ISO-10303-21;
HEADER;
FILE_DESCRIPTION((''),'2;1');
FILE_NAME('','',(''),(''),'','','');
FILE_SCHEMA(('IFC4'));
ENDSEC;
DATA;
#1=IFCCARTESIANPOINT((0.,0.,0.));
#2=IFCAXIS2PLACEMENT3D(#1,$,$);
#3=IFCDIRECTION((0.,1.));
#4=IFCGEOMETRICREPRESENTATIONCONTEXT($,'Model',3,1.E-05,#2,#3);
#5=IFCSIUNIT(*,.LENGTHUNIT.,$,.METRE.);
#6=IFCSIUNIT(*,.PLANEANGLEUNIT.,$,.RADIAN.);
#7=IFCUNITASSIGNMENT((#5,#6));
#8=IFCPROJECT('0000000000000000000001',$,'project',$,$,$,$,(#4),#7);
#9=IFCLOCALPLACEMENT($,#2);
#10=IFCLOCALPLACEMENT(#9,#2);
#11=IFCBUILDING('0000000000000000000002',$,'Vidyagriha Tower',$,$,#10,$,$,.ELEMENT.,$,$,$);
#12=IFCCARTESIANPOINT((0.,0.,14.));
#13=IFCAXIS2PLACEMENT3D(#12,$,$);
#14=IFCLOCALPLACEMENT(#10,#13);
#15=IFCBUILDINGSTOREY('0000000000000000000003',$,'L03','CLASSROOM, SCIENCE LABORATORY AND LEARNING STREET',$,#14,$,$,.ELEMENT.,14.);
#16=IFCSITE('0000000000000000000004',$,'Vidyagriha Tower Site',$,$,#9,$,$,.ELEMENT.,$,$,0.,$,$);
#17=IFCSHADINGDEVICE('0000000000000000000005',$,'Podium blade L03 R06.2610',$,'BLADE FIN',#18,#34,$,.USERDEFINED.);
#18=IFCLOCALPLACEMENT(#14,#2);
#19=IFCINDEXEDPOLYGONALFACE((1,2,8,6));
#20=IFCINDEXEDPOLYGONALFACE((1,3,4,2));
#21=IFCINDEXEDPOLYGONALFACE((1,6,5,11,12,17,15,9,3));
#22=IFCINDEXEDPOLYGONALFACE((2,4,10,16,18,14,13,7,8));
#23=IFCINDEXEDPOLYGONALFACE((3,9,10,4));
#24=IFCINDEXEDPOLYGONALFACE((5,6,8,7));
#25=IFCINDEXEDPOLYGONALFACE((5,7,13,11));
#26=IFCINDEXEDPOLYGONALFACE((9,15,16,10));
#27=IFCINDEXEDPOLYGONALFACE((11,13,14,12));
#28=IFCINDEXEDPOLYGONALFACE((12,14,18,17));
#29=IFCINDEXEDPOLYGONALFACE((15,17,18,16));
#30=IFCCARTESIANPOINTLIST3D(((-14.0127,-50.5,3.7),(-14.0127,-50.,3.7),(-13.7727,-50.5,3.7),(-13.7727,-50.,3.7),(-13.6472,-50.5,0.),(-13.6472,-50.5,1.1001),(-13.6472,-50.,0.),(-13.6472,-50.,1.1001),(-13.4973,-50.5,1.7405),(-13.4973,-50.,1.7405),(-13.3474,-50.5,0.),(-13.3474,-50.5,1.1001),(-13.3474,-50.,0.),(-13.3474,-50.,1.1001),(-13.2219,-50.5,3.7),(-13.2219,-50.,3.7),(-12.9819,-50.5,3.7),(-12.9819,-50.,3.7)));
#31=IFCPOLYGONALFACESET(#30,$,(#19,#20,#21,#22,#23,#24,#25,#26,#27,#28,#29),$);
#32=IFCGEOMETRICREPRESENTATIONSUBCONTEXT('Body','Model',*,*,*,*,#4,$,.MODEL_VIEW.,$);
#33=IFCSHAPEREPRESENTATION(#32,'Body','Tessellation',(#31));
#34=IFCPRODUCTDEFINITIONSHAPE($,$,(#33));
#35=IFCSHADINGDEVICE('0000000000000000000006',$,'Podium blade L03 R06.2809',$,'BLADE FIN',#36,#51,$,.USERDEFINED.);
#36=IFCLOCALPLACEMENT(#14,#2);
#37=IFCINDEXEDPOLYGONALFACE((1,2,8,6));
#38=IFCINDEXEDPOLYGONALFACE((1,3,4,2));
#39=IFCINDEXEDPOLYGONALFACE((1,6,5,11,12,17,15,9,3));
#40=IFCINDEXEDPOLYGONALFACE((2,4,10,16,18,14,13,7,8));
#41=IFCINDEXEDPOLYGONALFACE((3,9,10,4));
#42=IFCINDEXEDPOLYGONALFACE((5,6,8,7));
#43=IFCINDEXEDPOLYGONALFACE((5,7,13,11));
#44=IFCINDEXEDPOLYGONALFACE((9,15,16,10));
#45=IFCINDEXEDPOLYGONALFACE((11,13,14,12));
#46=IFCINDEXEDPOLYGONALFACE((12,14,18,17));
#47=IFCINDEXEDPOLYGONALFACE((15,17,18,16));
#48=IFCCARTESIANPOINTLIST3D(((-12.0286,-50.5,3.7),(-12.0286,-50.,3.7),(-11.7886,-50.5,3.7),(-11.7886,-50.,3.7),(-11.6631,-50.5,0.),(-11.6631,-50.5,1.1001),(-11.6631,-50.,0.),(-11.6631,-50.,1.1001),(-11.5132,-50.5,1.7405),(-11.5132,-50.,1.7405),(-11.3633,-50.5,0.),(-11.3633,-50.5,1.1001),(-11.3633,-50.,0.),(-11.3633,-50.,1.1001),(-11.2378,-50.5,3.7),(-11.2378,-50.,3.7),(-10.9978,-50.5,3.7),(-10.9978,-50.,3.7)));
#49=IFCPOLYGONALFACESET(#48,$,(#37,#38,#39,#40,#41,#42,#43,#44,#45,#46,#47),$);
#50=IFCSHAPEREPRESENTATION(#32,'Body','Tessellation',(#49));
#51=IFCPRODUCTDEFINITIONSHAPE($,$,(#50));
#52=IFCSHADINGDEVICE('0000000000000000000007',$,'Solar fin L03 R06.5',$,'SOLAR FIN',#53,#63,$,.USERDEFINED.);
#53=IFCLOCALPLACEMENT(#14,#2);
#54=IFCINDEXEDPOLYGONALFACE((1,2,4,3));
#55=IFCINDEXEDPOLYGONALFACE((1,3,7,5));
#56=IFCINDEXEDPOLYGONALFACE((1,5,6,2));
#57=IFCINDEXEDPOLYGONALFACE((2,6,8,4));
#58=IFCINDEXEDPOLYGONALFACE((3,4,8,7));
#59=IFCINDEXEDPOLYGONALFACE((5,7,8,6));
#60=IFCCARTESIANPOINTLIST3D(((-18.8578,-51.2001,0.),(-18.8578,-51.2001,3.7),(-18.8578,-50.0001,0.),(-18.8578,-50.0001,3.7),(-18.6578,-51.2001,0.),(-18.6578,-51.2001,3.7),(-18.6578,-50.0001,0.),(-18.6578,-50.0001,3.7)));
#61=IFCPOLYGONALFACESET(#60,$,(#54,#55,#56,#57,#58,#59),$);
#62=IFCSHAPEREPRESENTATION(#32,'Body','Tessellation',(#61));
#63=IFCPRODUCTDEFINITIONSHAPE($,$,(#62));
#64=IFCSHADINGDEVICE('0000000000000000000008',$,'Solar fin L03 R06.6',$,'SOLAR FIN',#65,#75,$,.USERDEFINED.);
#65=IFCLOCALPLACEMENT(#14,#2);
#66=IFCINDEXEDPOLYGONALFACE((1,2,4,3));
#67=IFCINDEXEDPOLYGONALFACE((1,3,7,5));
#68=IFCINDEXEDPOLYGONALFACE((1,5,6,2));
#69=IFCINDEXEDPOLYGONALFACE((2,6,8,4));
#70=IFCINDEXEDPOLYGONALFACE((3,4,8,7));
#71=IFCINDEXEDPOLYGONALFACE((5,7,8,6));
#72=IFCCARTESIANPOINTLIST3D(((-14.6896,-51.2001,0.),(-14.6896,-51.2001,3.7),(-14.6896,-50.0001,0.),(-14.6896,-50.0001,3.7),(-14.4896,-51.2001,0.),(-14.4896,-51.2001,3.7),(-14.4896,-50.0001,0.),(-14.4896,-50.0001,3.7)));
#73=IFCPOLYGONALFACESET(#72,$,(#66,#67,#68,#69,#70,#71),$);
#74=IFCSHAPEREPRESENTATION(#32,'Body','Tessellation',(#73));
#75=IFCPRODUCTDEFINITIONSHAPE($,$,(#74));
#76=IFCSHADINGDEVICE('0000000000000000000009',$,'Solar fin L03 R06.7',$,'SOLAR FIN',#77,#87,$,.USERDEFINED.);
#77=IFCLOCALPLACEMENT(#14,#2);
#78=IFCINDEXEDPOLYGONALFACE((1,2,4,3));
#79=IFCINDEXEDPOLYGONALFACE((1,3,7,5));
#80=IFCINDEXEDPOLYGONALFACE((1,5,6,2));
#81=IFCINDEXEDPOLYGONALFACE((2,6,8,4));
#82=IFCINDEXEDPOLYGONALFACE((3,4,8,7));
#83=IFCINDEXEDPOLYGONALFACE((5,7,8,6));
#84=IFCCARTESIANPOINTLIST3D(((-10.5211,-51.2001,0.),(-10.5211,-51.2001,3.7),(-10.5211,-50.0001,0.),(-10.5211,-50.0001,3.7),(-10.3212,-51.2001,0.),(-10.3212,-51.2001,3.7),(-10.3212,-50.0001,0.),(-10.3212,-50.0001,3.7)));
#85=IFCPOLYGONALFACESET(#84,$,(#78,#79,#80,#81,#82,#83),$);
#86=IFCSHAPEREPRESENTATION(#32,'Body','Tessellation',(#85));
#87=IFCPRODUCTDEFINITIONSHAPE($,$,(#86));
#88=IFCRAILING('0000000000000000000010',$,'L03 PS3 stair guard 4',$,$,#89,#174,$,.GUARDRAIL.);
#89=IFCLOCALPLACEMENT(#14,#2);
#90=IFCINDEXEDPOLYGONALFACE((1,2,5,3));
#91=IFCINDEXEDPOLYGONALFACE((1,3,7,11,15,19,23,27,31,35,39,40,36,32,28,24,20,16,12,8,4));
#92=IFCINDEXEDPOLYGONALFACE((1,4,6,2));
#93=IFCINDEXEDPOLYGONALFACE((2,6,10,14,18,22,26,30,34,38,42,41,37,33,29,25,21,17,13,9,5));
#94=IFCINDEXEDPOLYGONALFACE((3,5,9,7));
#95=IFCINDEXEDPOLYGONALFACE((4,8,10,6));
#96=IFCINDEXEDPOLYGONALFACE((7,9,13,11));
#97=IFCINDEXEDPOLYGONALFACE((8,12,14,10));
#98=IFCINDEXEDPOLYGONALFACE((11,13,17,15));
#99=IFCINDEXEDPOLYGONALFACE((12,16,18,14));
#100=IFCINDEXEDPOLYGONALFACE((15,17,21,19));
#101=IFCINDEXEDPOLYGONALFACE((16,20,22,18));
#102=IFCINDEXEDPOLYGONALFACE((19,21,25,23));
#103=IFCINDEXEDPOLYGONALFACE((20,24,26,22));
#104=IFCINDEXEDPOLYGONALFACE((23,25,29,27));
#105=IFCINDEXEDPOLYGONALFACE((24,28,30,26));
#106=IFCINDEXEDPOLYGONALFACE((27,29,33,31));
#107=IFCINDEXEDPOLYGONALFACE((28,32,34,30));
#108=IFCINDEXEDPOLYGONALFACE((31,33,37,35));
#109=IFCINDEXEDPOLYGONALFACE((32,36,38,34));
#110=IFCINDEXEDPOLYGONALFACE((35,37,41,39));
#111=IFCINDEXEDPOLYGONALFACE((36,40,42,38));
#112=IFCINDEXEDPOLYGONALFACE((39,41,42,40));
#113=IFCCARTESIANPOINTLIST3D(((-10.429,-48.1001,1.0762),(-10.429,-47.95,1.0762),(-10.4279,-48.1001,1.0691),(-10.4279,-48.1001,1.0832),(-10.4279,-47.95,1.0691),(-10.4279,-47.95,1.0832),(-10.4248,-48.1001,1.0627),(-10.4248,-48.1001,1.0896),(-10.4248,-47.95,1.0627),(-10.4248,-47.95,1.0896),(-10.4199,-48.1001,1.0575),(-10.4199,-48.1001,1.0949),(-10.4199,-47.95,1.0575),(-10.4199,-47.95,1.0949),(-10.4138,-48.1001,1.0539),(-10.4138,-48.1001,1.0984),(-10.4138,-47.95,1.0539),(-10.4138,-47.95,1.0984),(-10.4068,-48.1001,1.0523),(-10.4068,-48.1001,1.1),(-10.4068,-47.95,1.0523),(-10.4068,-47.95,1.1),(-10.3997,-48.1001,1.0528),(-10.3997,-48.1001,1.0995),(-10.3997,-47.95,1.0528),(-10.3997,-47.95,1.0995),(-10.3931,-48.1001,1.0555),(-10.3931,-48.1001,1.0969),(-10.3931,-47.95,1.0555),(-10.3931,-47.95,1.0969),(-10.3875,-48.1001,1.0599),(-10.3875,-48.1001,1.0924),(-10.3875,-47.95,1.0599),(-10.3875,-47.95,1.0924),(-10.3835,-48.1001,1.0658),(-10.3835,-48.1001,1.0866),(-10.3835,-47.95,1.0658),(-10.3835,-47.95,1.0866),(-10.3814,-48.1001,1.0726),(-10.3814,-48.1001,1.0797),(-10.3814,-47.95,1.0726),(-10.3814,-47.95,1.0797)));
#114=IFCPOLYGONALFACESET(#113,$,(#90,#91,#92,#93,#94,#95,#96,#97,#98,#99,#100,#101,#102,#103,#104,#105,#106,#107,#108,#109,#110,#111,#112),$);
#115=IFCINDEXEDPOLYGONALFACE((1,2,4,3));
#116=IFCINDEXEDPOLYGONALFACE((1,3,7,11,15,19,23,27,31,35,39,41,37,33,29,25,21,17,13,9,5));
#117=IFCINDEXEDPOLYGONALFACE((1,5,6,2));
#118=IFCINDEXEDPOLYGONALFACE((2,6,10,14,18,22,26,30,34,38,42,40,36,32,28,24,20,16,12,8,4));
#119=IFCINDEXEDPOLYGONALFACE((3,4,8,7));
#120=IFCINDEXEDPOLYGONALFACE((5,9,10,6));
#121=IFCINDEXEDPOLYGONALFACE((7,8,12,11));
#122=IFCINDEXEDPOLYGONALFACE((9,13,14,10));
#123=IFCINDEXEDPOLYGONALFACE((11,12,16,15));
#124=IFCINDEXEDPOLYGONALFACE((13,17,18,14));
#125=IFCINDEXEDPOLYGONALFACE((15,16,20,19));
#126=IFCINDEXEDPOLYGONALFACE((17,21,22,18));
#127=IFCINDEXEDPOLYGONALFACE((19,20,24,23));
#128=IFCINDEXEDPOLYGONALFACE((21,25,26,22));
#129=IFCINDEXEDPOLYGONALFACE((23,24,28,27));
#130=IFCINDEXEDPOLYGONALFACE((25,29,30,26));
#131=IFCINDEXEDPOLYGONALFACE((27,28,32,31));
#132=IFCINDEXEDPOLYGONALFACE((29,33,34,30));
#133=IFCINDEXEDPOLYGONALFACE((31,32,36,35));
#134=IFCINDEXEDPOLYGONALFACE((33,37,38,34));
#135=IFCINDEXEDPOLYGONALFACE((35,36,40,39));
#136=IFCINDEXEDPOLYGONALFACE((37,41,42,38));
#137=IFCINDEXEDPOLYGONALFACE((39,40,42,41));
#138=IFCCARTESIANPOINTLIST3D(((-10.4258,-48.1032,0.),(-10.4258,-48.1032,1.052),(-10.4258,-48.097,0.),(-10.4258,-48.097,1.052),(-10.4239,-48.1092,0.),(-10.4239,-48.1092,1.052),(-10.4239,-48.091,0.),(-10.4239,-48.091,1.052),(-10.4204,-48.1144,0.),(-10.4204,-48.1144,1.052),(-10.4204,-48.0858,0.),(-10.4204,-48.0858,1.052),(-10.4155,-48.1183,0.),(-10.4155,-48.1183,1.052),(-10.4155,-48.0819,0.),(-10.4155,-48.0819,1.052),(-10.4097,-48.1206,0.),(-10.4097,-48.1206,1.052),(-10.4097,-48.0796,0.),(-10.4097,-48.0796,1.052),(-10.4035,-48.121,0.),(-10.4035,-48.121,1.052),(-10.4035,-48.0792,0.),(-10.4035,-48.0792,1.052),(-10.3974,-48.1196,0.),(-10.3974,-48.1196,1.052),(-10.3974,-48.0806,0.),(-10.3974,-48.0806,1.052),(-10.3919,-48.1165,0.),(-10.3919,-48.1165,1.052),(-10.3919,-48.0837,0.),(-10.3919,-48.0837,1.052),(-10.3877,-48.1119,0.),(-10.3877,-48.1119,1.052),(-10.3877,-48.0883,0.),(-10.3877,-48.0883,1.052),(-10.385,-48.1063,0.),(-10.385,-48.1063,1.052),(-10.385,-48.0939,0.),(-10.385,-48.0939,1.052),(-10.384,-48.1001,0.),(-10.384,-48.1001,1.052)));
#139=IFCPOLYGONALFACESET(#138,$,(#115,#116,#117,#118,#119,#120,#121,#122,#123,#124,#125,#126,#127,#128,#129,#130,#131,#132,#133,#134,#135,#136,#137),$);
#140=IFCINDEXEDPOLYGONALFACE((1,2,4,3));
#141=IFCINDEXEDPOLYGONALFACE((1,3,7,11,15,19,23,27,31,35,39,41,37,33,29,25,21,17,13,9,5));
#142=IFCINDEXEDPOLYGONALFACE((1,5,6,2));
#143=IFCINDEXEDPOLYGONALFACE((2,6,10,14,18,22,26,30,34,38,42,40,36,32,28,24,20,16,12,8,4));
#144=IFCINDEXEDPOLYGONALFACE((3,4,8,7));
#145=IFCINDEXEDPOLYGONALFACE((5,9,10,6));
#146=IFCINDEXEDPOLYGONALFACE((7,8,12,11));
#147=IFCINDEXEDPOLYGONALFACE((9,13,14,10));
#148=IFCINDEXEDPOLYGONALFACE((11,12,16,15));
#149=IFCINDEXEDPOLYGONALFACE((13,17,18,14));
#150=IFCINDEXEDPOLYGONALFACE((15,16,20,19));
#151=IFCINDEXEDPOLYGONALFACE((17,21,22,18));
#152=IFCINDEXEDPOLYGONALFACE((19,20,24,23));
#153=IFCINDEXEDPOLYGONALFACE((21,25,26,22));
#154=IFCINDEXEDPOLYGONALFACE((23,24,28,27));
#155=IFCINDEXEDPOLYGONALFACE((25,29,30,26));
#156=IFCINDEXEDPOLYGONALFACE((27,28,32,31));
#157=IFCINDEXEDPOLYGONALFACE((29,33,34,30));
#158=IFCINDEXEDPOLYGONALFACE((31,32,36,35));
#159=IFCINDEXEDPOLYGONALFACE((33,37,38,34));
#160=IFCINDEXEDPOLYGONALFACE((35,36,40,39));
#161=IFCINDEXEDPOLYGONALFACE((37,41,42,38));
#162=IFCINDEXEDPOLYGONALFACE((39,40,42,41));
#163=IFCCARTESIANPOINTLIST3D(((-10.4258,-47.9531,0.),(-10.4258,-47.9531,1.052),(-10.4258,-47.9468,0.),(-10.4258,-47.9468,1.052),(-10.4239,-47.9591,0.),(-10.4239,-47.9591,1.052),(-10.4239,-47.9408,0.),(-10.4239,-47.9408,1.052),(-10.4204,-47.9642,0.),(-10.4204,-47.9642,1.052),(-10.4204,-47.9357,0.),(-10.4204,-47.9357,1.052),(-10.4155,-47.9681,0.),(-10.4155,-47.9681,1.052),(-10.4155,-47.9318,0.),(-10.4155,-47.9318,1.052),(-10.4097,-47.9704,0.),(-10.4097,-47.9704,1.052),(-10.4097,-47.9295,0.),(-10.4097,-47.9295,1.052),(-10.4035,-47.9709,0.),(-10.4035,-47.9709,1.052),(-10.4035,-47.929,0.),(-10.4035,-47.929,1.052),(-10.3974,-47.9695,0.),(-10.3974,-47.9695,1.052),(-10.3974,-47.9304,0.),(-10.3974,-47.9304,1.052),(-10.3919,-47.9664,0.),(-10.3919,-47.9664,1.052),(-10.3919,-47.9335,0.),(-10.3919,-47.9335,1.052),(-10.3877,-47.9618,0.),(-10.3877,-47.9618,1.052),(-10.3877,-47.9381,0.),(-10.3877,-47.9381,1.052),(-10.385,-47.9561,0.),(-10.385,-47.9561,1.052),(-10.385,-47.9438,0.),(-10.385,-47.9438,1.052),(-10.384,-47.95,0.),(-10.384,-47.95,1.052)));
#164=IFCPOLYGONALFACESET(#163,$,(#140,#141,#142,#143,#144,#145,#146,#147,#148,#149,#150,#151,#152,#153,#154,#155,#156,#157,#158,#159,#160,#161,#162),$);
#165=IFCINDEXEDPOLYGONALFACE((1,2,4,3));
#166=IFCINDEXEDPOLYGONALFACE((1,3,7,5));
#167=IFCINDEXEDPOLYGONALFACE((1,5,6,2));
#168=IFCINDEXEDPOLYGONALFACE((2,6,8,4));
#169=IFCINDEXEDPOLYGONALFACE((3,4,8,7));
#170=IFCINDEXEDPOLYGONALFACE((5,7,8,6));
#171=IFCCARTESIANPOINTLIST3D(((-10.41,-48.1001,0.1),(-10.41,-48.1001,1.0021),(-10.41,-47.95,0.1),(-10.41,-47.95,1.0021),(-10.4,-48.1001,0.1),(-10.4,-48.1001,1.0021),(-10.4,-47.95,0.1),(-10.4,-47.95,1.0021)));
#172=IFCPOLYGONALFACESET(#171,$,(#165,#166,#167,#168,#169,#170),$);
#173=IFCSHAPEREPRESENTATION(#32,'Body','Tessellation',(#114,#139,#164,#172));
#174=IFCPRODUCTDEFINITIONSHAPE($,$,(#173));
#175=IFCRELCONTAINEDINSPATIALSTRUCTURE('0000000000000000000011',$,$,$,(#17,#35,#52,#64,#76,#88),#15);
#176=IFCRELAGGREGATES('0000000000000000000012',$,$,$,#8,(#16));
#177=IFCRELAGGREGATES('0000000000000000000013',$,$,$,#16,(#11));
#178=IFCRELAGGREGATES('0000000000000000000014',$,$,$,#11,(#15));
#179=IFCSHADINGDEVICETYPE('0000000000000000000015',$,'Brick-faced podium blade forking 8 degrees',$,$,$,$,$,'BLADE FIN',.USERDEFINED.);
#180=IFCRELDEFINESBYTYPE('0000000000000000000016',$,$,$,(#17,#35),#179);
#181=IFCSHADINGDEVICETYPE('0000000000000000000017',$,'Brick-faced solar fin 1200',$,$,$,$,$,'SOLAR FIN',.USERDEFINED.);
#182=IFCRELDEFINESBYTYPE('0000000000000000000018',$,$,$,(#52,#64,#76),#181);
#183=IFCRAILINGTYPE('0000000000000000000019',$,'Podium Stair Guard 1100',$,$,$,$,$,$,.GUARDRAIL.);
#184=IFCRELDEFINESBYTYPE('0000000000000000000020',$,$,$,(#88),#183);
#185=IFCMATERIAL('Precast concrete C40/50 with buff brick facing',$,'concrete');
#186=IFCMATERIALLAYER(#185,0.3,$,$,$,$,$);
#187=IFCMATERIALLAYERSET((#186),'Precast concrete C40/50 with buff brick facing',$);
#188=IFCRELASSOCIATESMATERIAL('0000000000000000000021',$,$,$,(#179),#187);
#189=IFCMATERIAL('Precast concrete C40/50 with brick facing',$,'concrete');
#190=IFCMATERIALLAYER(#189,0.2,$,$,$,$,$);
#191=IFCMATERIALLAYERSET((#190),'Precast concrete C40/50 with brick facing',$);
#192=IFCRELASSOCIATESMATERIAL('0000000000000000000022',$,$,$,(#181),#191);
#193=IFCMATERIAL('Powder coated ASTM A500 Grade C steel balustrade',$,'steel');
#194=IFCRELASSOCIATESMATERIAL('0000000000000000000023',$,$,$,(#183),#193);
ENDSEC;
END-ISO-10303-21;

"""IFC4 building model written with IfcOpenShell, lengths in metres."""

from ifc_helpers import new_model, si_unit, direction, frame, frame_2d, origin, origin_2d, place, context, subcontext, project, spatial, polyline, rectangle, circle, outline, extrude, material, layer, layer_set, type_object, element, save


model = new_model("IFC4")

# Units and contexts
model_context = context("Model", 3, precision=1e-05, world=origin(), true_north=direction((0.0, 1.0)))
body_context = subcontext(model_context, "Body", "Model", "MODEL_VIEW")
ifc_project = project(units=[si_unit("LENGTHUNIT", "METRE"), si_unit("PLANEANGLEUNIT", "RADIAN")], contexts=[model_context])

# Site, building, storey
site_placement = place(None, origin())
site = spatial("IfcSite", under=ifc_project, at=site_placement, Name="Vidyagriha Tower Site", CompositionType="ELEMENT", RefElevation=0.0)
building_placement = place(site_placement, origin())
building = spatial("IfcBuilding", under=site, at=building_placement, Name="Vidyagriha Tower", CompositionType="ELEMENT")
storey_placement = place(building_placement, frame((0.0, 0.0, 14.0)))
storey = spatial("IfcBuildingStorey", under=building, at=storey_placement, Name="L03", Description="CLASSROOM, SCIENCE LABORATORY AND LEARNING STREET", CompositionType="ELEMENT", Elevation=14.0)

# Shading devices
ifc_material_1 = material(Name="Precast concrete C40/50 with buff brick facing", Category="concrete")
ifc_layer_1 = layer(ifc_material_1, 0.3)
ifc_layer_set_1 = layer_set([ifc_layer_1], Name="Precast concrete C40/50 with buff brick facing")
shading_device_type_1 = type_object("IfcShadingDeviceType", Name="Brick-faced podium blade forking 8 degrees", ElementType="BLADE FIN", PredefinedType="USERDEFINED", material=ifc_layer_set_1)
for number, where, name in (
    (1, (-14.0127, -50.25, 0.0), "Podium blade L03 R06.2610"),
    (2, (-12.0286, -50.25, 0.0), "Podium blade L03 R06.2809"),
):
    element("IfcShadingDevice", number, at=place(storey_placement, frame(where)), inside=storey, type_object=shading_device_type_1, Name=name, ObjectType="BLADE FIN", PredefinedType="USERDEFINED", context=body_context, shape_type="SweptSolid", body=[
        extrude(outline(polyline([(0.6653, 0.0), (0.6653, 1.1001), (1.0308, 3.7), (0.7908, 3.7), (0.5154, 1.7405), (0.24, 3.7), (0.0, 3.7), (0.3655, 1.1001), (0.3655, 0.0), (0.6653, 0.0)])), frame((0.0, 0.25, 0.0), z_axis=(0.0, -1.0, 0.0), x_axis=(1.0, 0.0, 0.0)), (0.0, 0.0, 1.0), 0.5),
    ])
ifc_material_2 = material(Name="Precast concrete C40/50 with brick facing", Category="concrete")
ifc_layer_2 = layer(ifc_material_2, 0.2)
ifc_layer_set_2 = layer_set([ifc_layer_2], Name="Precast concrete C40/50 with brick facing")
shading_device_type_2 = type_object("IfcShadingDeviceType", Name="Brick-faced solar fin 1200", ElementType="SOLAR FIN", PredefinedType="USERDEFINED", material=ifc_layer_set_2)
for number, where, z_axis, x_axis, name in (
    (3, (-18.7578, -50.0, 0.0), (0.0, 0.0, 1.0), (0.0, -1.0, 0.0), "Solar fin L03 R06.5"),
    (4, (-14.5896, -50.0, 0.0), (0.0, 0.0, 1.0), (0.0, -1.0, 0.0), "Solar fin L03 R06.6"),
    (5, (-10.4211, -50.0, 0.0), (0.0, 0.0, 1.0), (0.0, -1.0, 0.0), "Solar fin L03 R06.7"),
):
    element("IfcShadingDevice", number, at=place(storey_placement, frame(where, z_axis=z_axis, x_axis=x_axis)), inside=storey, type_object=shading_device_type_2, Name=name, ObjectType="SOLAR FIN", PredefinedType="USERDEFINED", context=body_context, shape_type="SweptSolid", body=[
        extrude(rectangle(XDim=1.2, YDim=0.2, at=frame_2d((0.6001, 0.0))), origin(), (0.0, 0.0, 1.0), 3.7),
    ])

# Railing
ifc_material_3 = material(Name="Powder coated ASTM A500 Grade C steel balustrade", Category="steel")
railing_type_1 = type_object("IfcRailingType", Name="Podium Stair Guard 1100", PredefinedType="GUARDRAIL", material=ifc_material_3)
railing_1_placement = place(storey_placement, frame((-10.405, -48.1001, 0.0)))
element("IfcRailing", 6, at=railing_1_placement, inside=storey, type_object=railing_type_1, Name="L03 PS3 stair guard 4", PredefinedType="GUARDRAIL", context=body_context, shape_type="SweptSolid", body=[
    extrude(circle(Radius=0.0239, at=origin_2d()), frame((0.0, 0.0, 1.0762), z_axis=(0.0, 1.0, 0.0), x_axis=(-1.0, 0.0, 0.0)), (0.0, 0.0, 1.0), 0.1501),
    extrude(circle(Radius=0.021, at=origin_2d()), origin(), (0.0, 0.0, 1.0), 1.052),
    extrude(circle(Radius=0.021, at=origin_2d()), frame((0.0, 0.1501, 0.0)), (0.0, 0.0, 1.0), 1.052),
    extrude(rectangle(XDim=0.01, YDim=0.9021, at=origin_2d()), frame((0.0, 0.0, 0.551), z_axis=(0.0, 1.0, 0.0), x_axis=(-1.0, 0.0, 0.0)), (0.0, 0.0, 1.0), 0.1501),
])

save(model, "model.ifc")
